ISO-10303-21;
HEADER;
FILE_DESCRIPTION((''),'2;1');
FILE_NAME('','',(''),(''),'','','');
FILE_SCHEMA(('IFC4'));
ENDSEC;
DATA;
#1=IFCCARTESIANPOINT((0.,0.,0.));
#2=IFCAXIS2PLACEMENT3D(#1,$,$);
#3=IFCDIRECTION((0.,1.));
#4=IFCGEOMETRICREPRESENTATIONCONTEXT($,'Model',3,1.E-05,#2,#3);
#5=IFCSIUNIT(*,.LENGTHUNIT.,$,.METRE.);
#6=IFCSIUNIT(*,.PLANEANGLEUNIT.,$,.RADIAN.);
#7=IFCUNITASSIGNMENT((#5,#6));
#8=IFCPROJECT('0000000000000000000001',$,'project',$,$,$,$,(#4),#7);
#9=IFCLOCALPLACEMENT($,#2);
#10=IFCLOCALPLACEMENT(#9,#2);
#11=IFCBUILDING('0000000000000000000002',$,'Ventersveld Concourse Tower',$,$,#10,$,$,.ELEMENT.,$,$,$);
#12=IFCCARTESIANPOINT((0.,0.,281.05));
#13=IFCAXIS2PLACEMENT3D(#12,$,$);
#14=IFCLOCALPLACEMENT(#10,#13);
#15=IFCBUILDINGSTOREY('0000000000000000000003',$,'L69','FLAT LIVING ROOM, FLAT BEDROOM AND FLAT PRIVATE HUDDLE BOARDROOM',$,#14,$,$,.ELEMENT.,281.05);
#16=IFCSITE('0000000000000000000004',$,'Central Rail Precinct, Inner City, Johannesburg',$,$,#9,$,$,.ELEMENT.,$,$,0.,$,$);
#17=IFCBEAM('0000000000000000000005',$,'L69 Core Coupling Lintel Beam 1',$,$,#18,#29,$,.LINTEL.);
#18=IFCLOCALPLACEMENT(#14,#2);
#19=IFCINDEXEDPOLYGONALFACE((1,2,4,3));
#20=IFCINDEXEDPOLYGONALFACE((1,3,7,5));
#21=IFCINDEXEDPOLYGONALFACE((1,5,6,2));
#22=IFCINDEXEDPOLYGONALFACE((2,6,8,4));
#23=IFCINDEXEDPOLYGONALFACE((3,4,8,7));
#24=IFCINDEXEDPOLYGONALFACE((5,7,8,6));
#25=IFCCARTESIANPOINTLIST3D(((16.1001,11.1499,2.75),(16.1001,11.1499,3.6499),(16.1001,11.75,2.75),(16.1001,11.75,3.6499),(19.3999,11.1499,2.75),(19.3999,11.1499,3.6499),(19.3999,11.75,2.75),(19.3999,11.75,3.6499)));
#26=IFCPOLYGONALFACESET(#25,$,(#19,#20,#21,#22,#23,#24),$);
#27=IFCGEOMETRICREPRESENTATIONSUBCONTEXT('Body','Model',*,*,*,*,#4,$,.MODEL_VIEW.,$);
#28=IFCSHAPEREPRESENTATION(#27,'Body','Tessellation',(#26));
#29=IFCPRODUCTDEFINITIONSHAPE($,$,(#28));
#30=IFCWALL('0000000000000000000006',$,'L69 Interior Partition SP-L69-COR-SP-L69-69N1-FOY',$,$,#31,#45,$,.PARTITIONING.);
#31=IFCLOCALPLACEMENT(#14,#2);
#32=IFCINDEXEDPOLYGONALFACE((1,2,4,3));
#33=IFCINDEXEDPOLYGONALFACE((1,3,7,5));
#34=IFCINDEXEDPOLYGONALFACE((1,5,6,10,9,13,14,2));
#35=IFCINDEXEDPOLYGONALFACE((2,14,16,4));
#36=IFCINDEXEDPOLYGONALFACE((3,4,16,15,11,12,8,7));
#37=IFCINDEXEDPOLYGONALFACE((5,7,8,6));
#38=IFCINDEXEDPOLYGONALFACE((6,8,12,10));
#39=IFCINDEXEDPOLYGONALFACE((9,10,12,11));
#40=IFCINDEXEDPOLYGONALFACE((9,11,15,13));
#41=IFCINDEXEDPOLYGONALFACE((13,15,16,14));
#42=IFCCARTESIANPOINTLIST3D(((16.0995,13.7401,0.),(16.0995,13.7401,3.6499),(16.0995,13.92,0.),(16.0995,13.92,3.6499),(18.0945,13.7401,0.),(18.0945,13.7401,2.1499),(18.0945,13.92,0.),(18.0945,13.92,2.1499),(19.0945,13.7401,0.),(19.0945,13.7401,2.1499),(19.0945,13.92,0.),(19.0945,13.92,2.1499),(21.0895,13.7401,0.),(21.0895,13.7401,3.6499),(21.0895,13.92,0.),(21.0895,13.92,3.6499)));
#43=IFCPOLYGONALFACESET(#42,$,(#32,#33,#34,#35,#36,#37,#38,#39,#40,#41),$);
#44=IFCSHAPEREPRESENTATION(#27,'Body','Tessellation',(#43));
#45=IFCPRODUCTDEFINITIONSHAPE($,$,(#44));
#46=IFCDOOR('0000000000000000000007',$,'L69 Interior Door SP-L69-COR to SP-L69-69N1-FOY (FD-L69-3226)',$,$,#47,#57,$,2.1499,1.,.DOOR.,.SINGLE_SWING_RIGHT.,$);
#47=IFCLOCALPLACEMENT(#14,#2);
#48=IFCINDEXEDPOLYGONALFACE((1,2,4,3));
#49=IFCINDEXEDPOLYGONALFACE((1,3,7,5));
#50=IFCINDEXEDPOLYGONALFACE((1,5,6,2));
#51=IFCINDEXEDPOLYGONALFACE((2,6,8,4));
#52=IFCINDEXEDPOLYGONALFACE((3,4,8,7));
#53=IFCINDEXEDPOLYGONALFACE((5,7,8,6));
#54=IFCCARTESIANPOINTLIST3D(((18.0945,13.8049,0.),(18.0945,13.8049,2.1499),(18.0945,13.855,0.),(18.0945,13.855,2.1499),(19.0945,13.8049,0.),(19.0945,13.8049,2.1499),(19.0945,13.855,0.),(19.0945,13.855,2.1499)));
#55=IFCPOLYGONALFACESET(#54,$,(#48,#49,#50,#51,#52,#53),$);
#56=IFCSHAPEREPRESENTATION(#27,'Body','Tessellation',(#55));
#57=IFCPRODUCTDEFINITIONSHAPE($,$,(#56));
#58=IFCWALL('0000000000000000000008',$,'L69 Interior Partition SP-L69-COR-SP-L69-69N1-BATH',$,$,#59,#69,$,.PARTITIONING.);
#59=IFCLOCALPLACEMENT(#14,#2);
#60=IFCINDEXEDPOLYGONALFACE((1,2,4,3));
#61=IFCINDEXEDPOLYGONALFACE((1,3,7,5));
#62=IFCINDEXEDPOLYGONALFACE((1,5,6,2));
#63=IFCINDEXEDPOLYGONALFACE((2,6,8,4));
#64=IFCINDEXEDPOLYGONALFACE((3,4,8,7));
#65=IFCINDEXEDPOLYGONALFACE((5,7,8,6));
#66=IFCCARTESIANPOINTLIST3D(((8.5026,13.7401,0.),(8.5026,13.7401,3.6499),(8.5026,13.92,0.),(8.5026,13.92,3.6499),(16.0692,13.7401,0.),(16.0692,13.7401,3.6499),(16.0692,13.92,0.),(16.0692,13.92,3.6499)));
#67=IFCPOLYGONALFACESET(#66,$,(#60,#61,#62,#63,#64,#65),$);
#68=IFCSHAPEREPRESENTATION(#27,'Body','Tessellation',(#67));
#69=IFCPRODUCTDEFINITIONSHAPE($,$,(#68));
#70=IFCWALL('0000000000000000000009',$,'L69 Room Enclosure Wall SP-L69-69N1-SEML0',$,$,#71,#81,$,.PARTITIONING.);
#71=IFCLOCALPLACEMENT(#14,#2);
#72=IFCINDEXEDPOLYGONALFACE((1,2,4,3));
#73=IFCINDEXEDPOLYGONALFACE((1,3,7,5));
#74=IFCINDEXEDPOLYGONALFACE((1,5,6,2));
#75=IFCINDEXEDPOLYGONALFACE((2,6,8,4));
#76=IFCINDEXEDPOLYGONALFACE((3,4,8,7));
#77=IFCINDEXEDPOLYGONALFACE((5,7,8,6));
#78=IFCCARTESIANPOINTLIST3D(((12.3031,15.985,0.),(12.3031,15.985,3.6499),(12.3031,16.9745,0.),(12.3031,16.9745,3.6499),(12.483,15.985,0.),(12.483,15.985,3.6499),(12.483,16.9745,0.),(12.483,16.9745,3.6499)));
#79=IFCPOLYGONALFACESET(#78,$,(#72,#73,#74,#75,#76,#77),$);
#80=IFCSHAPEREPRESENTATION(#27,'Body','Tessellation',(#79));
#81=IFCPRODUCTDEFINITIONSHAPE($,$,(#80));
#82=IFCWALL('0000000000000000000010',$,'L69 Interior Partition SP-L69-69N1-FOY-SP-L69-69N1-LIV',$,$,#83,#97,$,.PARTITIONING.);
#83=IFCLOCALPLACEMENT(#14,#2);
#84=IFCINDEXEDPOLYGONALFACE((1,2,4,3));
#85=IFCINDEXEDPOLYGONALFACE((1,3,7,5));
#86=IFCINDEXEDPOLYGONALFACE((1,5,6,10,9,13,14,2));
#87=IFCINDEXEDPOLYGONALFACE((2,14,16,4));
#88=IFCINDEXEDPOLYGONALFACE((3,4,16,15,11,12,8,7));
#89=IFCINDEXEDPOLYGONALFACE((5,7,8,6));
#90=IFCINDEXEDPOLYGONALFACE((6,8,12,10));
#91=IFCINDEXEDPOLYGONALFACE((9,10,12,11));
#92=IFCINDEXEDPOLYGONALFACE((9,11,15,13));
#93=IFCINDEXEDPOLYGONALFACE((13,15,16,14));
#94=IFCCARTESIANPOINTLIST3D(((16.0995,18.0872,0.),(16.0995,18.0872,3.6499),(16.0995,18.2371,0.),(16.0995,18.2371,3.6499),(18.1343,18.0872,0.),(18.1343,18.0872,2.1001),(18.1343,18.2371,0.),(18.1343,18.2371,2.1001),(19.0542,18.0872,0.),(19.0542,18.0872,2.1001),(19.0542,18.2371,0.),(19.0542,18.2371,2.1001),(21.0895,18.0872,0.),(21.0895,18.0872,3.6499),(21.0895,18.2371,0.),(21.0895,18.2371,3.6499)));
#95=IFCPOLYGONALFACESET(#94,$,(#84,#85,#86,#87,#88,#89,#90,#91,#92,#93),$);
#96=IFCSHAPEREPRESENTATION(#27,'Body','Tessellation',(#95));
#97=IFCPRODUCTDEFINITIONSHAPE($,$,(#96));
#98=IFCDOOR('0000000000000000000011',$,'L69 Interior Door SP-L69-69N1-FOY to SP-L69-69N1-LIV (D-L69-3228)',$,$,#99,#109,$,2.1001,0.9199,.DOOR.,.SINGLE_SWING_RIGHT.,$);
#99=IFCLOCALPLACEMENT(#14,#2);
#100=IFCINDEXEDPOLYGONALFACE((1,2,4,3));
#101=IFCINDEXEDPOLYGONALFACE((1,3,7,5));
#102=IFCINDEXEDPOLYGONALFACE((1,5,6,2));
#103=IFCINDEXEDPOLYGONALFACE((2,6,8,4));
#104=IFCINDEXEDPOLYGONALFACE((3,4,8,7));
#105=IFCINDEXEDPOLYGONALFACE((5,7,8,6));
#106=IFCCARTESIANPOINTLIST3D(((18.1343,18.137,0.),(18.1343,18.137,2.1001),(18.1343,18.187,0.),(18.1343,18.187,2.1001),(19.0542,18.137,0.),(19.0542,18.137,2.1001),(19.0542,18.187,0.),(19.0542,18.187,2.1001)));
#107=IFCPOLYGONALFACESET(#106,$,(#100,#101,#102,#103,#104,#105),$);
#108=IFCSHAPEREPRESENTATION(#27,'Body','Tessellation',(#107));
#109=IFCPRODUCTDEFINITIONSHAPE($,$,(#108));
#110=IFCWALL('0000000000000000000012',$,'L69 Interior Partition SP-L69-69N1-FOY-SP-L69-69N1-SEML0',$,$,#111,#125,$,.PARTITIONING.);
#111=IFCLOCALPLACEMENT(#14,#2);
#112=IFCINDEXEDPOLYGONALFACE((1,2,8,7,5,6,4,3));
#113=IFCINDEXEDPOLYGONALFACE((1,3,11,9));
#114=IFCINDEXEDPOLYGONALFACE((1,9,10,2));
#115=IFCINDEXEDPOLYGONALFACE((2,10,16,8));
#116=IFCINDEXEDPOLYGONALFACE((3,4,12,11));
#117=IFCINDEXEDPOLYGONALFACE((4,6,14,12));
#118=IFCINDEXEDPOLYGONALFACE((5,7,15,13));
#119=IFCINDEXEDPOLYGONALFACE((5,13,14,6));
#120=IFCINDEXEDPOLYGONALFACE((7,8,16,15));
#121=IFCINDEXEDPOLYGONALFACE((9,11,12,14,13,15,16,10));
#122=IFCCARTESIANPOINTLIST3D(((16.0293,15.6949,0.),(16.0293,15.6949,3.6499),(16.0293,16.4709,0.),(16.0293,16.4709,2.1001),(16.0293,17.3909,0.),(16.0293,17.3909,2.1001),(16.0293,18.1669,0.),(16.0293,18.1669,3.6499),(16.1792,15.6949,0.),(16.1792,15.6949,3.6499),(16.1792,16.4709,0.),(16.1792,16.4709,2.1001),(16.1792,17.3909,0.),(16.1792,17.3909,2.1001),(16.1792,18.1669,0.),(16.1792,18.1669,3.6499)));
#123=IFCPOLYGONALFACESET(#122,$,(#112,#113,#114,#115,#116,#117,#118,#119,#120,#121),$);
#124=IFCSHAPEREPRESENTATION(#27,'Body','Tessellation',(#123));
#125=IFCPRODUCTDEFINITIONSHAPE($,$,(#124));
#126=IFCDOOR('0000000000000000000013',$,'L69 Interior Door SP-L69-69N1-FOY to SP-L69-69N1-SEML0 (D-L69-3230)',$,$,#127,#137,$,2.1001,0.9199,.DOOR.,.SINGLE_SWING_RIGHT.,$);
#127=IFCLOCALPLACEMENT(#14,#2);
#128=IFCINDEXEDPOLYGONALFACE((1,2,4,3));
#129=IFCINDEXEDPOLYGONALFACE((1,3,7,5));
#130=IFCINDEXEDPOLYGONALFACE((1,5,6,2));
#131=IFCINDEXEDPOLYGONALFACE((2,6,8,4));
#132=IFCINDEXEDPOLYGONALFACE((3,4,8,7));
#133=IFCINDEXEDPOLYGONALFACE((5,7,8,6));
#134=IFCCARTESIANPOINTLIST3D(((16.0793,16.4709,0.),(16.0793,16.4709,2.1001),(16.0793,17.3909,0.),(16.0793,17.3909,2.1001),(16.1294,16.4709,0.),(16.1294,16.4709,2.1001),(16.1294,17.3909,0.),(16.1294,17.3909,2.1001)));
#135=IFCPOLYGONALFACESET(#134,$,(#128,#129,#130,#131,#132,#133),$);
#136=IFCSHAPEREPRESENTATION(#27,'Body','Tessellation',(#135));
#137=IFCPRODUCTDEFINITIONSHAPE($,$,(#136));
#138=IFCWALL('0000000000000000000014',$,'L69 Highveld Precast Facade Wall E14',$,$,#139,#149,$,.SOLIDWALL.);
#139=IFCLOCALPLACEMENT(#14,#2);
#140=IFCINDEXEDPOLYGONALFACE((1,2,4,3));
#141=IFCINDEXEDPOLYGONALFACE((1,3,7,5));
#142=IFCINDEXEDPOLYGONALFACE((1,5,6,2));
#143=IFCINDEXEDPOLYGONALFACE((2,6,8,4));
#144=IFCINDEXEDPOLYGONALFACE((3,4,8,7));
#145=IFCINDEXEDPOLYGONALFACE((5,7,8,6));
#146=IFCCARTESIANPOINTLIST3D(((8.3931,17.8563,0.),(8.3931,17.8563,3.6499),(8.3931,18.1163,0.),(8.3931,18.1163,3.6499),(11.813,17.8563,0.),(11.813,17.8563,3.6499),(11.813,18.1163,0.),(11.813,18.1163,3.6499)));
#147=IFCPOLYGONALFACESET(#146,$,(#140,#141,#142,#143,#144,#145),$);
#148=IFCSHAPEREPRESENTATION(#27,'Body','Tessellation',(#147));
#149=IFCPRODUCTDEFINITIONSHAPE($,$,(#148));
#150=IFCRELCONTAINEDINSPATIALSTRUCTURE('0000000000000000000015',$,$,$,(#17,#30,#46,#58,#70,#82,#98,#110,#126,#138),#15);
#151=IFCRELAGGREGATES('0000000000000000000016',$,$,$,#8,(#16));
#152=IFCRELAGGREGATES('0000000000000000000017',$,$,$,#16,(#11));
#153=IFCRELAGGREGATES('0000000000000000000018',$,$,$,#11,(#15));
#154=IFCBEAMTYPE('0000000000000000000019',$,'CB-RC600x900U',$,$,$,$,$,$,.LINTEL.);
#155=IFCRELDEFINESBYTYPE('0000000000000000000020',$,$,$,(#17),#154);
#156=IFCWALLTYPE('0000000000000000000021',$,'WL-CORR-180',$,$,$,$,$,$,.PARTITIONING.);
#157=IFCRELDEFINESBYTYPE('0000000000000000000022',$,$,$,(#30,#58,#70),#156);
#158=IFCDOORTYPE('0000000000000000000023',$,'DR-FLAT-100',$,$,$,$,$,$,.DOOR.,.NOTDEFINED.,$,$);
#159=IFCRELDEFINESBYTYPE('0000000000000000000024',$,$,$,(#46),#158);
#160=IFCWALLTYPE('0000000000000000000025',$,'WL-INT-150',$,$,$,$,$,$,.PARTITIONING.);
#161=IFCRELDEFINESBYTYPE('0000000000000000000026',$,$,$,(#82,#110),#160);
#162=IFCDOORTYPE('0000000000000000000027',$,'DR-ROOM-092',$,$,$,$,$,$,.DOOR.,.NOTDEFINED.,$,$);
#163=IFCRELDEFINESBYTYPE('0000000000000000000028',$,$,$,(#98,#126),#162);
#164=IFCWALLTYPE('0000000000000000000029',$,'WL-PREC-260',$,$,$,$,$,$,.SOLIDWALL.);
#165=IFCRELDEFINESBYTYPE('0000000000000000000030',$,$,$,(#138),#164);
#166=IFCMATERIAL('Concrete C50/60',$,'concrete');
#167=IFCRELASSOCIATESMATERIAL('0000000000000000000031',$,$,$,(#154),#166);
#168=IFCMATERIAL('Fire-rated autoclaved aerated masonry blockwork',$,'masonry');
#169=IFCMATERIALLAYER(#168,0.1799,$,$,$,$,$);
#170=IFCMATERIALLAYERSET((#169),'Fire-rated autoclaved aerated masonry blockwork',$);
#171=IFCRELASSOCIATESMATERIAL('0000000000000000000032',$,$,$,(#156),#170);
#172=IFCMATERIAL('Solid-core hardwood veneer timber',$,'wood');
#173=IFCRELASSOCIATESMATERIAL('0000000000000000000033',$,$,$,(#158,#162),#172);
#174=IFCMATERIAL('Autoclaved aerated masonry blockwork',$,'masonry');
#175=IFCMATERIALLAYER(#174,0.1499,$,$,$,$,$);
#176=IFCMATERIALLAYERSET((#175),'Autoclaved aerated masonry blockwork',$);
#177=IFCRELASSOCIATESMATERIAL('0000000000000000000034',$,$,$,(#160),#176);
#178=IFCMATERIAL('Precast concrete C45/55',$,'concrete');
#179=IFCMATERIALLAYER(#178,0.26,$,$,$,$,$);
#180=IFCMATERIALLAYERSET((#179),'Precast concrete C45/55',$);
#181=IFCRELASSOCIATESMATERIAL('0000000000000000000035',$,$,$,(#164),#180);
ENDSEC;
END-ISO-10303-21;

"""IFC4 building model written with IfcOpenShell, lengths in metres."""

from ifc_helpers import new_model, si_unit, direction, frame, frame_2d, origin, origin_2d, place, context, subcontext, project, spatial, rectangle, extrude, material, layer, layer_set, material_profile, profile_set, type_object, element, fill, save


model = new_model("IFC4")

# Units and contexts
model_context = context("Model", 3, precision=1e-05, world=origin(), true_north=direction((0.0, 1.0)))
body_context = subcontext(model_context, "Body", "Model", "MODEL_VIEW")
ifc_project = project(units=[si_unit("LENGTHUNIT", "METRE"), si_unit("PLANEANGLEUNIT", "RADIAN")], contexts=[model_context])

# Site, building, storey
site_placement = place(None, origin())
site = spatial("IfcSite", under=ifc_project, at=site_placement, Name="Central Rail Precinct, Inner City, Johannesburg", CompositionType="ELEMENT", RefElevation=0.0)
building_placement = place(site_placement, origin())
building = spatial("IfcBuilding", under=site, at=building_placement, Name="Ventersveld Concourse Tower", CompositionType="ELEMENT")
storey_placement = place(building_placement, frame((0.0, 0.0, 281.05)))
storey = spatial("IfcBuildingStorey", under=building, at=storey_placement, Name="L69", Description="FLAT LIVING ROOM, FLAT BEDROOM AND FLAT PRIVATE HUDDLE BOARDROOM", CompositionType="ELEMENT", Elevation=281.05)

# Beam
ifc_material_1 = material(Name="Concrete C50/60", Category="concrete")
ifc_material_profile = material_profile(ifc_material_1, rectangle(XDim=0.6001, YDim=0.8999, at=origin_2d()), Name="RC 600x900")
ifc_profile_set = profile_set([ifc_material_profile], Name="Concrete C50/60")
beam_type = type_object("IfcBeamType", Name="CB-RC600x900U", PredefinedType="LINTEL", material=ifc_profile_set)
beam_placement = place(storey_placement, frame((16.1001, 11.45, 3.2), z_axis=(1.0, 0.0, 0.0), x_axis=(0.0, 1.0, 0.0)))
element("IfcBeam", 1, at=beam_placement, inside=storey, type_object=beam_type, Name="L69 Core Coupling Lintel Beam 1", PredefinedType="LINTEL", context=body_context, shape_type="SweptSolid", body=[
    extrude(rectangle(XDim=0.6001, YDim=0.8999, at=origin_2d()), origin(), (0.0, 0.0, 1.0), 3.2998),
])

# Wall, opening, door
ifc_material_2 = material(Name="Fire-rated autoclaved aerated masonry blockwork", Category="masonry")
ifc_layer_1 = layer(ifc_material_2, 0.1799)
ifc_layer_set_1 = layer_set([ifc_layer_1], Name="Fire-rated autoclaved aerated masonry blockwork")
wall_type_1 = type_object("IfcWallType", Name="WL-CORR-180", PredefinedType="PARTITIONING", material=ifc_layer_set_1)
ifc_material_3 = material(Name="Solid-core hardwood veneer timber", Category="wood")
door_type_1 = type_object("IfcDoorType", Name="DR-FLAT-100", OperationType="NOTDEFINED", PredefinedType="DOOR", material=ifc_material_3)
wall_1_placement = place(storey_placement, frame((16.0994, 13.8301, 0.0), z_axis=(0.0, 0.0, 1.0), x_axis=(1.0, 0.0, 0.0)))
wall_1 = element("IfcWall", 2, at=wall_1_placement, inside=storey, type_object=wall_type_1, Name="L69 Interior Partition SP-L69-COR-SP-L69-69N1-FOY", PredefinedType="PARTITIONING", context=body_context, shape_type="SweptSolid", body=[
    extrude(rectangle(XDim=4.99, YDim=0.1799, at=frame_2d((2.4951, 0.0))), origin(), (0.0, 0.0, 1.0), 3.6499),
])
opening_1_placement = place(wall_1_placement, frame((1.9951, 0.0, 0.0)))
opening_1 = element("IfcOpeningElement", 3, at=opening_1_placement, cuts=wall_1, PredefinedType="OPENING", context=body_context, shape_type="SweptSolid", body=[
    extrude(rectangle(XDim=1.0, YDim=2.1499, at=frame_2d((0.5, 1.075))), frame((0.0, 0.1001, 0.0), z_axis=(0.0, -1.0, 0.0), x_axis=(1.0, 0.0, 0.0)), (0.0, 0.0, 1.0), 0.2),
])
door_1_placement = place(opening_1_placement, origin())
door_1 = element("IfcDoor", 4, at=door_1_placement, inside=storey, type_object=door_type_1, Name="L69 Interior Door SP-L69-COR to SP-L69-69N1-FOY (FD-L69-3226)", OperationType="SINGLE_SWING_RIGHT", OverallHeight=2.1499, OverallWidth=1.0, PredefinedType="DOOR", context=body_context, shape_type="SweptSolid", body=[
    extrude(rectangle(XDim=1.0, YDim=2.1499, at=frame_2d((0.5, 1.075))), frame((0.0, 0.0249, 0.0), z_axis=(0.0, -1.0, 0.0), x_axis=(1.0, 0.0, 0.0)), (0.0, 0.0, 1.0), 0.05),
])
fill(opening_1, door_1)

# Walls
wall_2_placement = place(storey_placement, frame((8.5027, 13.8301, 0.0), z_axis=(0.0, 0.0, 1.0), x_axis=(1.0, 0.0, 0.0)))
element("IfcWall", 5, at=wall_2_placement, inside=storey, type_object=wall_type_1, Name="L69 Interior Partition SP-L69-COR-SP-L69-69N1-BATH", PredefinedType="PARTITIONING", context=body_context, shape_type="SweptSolid", body=[
    extrude(rectangle(XDim=7.5667, YDim=0.1799, at=frame_2d((3.7832, 0.0))), origin(), (0.0, 0.0, 1.0), 3.6499),
])
wall_3_placement = place(storey_placement, frame((12.3931, 15.9851, 0.0), z_axis=(0.0, 0.0, 1.0), x_axis=(0.0, 1.0, 0.0)))
element("IfcWall", 6, at=wall_3_placement, inside=storey, type_object=wall_type_1, Name="L69 Room Enclosure Wall SP-L69-69N1-SEML0", PredefinedType="PARTITIONING", context=body_context, shape_type="SweptSolid", body=[
    extrude(rectangle(XDim=0.9895, YDim=0.1799, at=frame_2d((0.4946, 0.0))), origin(), (0.0, 0.0, 1.0), 3.6499),
])

# Walls, openings, doors
ifc_material_4 = material(Name="Autoclaved aerated masonry blockwork", Category="masonry")
ifc_layer_2 = layer(ifc_material_4, 0.1499)
ifc_layer_set_2 = layer_set([ifc_layer_2], Name="Autoclaved aerated masonry blockwork")
wall_type_2 = type_object("IfcWallType", Name="WL-INT-150", PredefinedType="PARTITIONING", material=ifc_layer_set_2)
wall_4_placement = place(storey_placement, frame((16.0994, 18.1621, 0.0), z_axis=(0.0, 0.0, 1.0), x_axis=(1.0, 0.0, 0.0)))
wall_4 = element("IfcWall", 7, at=wall_4_placement, inside=storey, type_object=wall_type_2, Name="L69 Interior Partition SP-L69-69N1-FOY-SP-L69-69N1-LIV", PredefinedType="PARTITIONING", context=body_context, shape_type="SweptSolid", body=[
    extrude(rectangle(XDim=4.99, YDim=0.1499, at=frame_2d((2.4951, 0.0))), origin(), (0.0, 0.0, 1.0), 3.6499),
])
opening_2_placement = place(wall_4_placement, frame((2.0349, 0.0, 0.0)))
opening_2 = element("IfcOpeningElement", 8, at=opening_2_placement, cuts=wall_4, PredefinedType="OPENING", context=body_context, shape_type="SweptSolid", body=[
    extrude(rectangle(XDim=0.9199, YDim=2.1001, at=frame_2d((0.46, 1.05))), frame((0.0, 0.085, 0.0), z_axis=(0.0, -1.0, 0.0), x_axis=(1.0, 0.0, 0.0)), (0.0, 0.0, 1.0), 0.1699),
])
door_type_2 = type_object("IfcDoorType", Name="DR-ROOM-092", OperationType="NOTDEFINED", PredefinedType="DOOR", material=ifc_material_3)
door_2_placement = place(opening_2_placement, origin())
door_2 = element("IfcDoor", 9, at=door_2_placement, inside=storey, type_object=door_type_2, Name="L69 Interior Door SP-L69-69N1-FOY to SP-L69-69N1-LIV (D-L69-3228)", OperationType="SINGLE_SWING_RIGHT", OverallHeight=2.1001, OverallWidth=0.9199, PredefinedType="DOOR", context=body_context, shape_type="SweptSolid", body=[
    extrude(rectangle(XDim=0.9199, YDim=2.1001, at=frame_2d((0.46, 1.05))), frame((0.0, 0.0249, 0.0), z_axis=(0.0, -1.0, 0.0), x_axis=(1.0, 0.0, 0.0)), (0.0, 0.0, 1.0), 0.05),
])
fill(opening_2, door_2)
wall_5_placement = place(storey_placement, frame((16.1042, 15.6951, 0.0), z_axis=(0.0, 0.0, 1.0), x_axis=(0.0, 1.0, 0.0)))
wall_5 = element("IfcWall", 10, at=wall_5_placement, inside=storey, type_object=wall_type_2, Name="L69 Interior Partition SP-L69-69N1-FOY-SP-L69-69N1-SEML0", PredefinedType="PARTITIONING", context=body_context, shape_type="SweptSolid", body=[
    extrude(rectangle(XDim=2.4719, YDim=0.1499, at=frame_2d((1.2358, 0.0))), origin(), (0.0, 0.0, 1.0), 3.6499),
])
opening_3_placement = place(wall_5_placement, frame((0.7759, 0.0, 0.0)))
opening_3 = element("IfcOpeningElement", 11, at=opening_3_placement, cuts=wall_5, PredefinedType="OPENING", context=body_context, shape_type="SweptSolid", body=[
    extrude(rectangle(XDim=0.9199, YDim=2.1001, at=frame_2d((0.46, 1.05))), frame((0.0, 0.085, 0.0), z_axis=(0.0, -1.0, 0.0), x_axis=(1.0, 0.0, 0.0)), (0.0, 0.0, 1.0), 0.1699),
])
door_3_placement = place(opening_3_placement, origin())
door_3 = element("IfcDoor", 12, at=door_3_placement, inside=storey, type_object=door_type_2, Name="L69 Interior Door SP-L69-69N1-FOY to SP-L69-69N1-SEML0 (D-L69-3230)", OperationType="SINGLE_SWING_RIGHT", OverallHeight=2.1001, OverallWidth=0.9199, PredefinedType="DOOR", context=body_context, shape_type="SweptSolid", body=[
    extrude(rectangle(XDim=0.9199, YDim=2.1001, at=frame_2d((0.46, 1.05))), frame((0.0, 0.0249, 0.0), z_axis=(0.0, -1.0, 0.0), x_axis=(1.0, 0.0, 0.0)), (0.0, 0.0, 1.0), 0.05),
])
fill(opening_3, door_3)

# Wall
ifc_material_5 = material(Name="Precast concrete C45/55", Category="concrete")
ifc_layer_3 = layer(ifc_material_5, 0.26)
ifc_layer_set_3 = layer_set([ifc_layer_3], Name="Precast concrete C45/55")
wall_type_3 = type_object("IfcWallType", Name="WL-PREC-260", PredefinedType="SOLIDWALL", material=ifc_layer_set_3)
wall_6_placement = place(storey_placement, frame((11.813, 17.9863, 0.0), z_axis=(0.0, 0.0, 1.0), x_axis=(-1.0, 0.0, 0.0)))
element("IfcWall", 13, at=wall_6_placement, inside=storey, type_object=wall_type_3, Name="L69 Highveld Precast Facade Wall E14", PredefinedType="SOLIDWALL", context=body_context, shape_type="SweptSolid", body=[
    extrude(rectangle(XDim=3.4199, YDim=0.26, at=frame_2d((1.71, 0.0))), origin(), (0.0, 0.0, 1.0), 3.6499),
])

save(model, "model.ifc")
